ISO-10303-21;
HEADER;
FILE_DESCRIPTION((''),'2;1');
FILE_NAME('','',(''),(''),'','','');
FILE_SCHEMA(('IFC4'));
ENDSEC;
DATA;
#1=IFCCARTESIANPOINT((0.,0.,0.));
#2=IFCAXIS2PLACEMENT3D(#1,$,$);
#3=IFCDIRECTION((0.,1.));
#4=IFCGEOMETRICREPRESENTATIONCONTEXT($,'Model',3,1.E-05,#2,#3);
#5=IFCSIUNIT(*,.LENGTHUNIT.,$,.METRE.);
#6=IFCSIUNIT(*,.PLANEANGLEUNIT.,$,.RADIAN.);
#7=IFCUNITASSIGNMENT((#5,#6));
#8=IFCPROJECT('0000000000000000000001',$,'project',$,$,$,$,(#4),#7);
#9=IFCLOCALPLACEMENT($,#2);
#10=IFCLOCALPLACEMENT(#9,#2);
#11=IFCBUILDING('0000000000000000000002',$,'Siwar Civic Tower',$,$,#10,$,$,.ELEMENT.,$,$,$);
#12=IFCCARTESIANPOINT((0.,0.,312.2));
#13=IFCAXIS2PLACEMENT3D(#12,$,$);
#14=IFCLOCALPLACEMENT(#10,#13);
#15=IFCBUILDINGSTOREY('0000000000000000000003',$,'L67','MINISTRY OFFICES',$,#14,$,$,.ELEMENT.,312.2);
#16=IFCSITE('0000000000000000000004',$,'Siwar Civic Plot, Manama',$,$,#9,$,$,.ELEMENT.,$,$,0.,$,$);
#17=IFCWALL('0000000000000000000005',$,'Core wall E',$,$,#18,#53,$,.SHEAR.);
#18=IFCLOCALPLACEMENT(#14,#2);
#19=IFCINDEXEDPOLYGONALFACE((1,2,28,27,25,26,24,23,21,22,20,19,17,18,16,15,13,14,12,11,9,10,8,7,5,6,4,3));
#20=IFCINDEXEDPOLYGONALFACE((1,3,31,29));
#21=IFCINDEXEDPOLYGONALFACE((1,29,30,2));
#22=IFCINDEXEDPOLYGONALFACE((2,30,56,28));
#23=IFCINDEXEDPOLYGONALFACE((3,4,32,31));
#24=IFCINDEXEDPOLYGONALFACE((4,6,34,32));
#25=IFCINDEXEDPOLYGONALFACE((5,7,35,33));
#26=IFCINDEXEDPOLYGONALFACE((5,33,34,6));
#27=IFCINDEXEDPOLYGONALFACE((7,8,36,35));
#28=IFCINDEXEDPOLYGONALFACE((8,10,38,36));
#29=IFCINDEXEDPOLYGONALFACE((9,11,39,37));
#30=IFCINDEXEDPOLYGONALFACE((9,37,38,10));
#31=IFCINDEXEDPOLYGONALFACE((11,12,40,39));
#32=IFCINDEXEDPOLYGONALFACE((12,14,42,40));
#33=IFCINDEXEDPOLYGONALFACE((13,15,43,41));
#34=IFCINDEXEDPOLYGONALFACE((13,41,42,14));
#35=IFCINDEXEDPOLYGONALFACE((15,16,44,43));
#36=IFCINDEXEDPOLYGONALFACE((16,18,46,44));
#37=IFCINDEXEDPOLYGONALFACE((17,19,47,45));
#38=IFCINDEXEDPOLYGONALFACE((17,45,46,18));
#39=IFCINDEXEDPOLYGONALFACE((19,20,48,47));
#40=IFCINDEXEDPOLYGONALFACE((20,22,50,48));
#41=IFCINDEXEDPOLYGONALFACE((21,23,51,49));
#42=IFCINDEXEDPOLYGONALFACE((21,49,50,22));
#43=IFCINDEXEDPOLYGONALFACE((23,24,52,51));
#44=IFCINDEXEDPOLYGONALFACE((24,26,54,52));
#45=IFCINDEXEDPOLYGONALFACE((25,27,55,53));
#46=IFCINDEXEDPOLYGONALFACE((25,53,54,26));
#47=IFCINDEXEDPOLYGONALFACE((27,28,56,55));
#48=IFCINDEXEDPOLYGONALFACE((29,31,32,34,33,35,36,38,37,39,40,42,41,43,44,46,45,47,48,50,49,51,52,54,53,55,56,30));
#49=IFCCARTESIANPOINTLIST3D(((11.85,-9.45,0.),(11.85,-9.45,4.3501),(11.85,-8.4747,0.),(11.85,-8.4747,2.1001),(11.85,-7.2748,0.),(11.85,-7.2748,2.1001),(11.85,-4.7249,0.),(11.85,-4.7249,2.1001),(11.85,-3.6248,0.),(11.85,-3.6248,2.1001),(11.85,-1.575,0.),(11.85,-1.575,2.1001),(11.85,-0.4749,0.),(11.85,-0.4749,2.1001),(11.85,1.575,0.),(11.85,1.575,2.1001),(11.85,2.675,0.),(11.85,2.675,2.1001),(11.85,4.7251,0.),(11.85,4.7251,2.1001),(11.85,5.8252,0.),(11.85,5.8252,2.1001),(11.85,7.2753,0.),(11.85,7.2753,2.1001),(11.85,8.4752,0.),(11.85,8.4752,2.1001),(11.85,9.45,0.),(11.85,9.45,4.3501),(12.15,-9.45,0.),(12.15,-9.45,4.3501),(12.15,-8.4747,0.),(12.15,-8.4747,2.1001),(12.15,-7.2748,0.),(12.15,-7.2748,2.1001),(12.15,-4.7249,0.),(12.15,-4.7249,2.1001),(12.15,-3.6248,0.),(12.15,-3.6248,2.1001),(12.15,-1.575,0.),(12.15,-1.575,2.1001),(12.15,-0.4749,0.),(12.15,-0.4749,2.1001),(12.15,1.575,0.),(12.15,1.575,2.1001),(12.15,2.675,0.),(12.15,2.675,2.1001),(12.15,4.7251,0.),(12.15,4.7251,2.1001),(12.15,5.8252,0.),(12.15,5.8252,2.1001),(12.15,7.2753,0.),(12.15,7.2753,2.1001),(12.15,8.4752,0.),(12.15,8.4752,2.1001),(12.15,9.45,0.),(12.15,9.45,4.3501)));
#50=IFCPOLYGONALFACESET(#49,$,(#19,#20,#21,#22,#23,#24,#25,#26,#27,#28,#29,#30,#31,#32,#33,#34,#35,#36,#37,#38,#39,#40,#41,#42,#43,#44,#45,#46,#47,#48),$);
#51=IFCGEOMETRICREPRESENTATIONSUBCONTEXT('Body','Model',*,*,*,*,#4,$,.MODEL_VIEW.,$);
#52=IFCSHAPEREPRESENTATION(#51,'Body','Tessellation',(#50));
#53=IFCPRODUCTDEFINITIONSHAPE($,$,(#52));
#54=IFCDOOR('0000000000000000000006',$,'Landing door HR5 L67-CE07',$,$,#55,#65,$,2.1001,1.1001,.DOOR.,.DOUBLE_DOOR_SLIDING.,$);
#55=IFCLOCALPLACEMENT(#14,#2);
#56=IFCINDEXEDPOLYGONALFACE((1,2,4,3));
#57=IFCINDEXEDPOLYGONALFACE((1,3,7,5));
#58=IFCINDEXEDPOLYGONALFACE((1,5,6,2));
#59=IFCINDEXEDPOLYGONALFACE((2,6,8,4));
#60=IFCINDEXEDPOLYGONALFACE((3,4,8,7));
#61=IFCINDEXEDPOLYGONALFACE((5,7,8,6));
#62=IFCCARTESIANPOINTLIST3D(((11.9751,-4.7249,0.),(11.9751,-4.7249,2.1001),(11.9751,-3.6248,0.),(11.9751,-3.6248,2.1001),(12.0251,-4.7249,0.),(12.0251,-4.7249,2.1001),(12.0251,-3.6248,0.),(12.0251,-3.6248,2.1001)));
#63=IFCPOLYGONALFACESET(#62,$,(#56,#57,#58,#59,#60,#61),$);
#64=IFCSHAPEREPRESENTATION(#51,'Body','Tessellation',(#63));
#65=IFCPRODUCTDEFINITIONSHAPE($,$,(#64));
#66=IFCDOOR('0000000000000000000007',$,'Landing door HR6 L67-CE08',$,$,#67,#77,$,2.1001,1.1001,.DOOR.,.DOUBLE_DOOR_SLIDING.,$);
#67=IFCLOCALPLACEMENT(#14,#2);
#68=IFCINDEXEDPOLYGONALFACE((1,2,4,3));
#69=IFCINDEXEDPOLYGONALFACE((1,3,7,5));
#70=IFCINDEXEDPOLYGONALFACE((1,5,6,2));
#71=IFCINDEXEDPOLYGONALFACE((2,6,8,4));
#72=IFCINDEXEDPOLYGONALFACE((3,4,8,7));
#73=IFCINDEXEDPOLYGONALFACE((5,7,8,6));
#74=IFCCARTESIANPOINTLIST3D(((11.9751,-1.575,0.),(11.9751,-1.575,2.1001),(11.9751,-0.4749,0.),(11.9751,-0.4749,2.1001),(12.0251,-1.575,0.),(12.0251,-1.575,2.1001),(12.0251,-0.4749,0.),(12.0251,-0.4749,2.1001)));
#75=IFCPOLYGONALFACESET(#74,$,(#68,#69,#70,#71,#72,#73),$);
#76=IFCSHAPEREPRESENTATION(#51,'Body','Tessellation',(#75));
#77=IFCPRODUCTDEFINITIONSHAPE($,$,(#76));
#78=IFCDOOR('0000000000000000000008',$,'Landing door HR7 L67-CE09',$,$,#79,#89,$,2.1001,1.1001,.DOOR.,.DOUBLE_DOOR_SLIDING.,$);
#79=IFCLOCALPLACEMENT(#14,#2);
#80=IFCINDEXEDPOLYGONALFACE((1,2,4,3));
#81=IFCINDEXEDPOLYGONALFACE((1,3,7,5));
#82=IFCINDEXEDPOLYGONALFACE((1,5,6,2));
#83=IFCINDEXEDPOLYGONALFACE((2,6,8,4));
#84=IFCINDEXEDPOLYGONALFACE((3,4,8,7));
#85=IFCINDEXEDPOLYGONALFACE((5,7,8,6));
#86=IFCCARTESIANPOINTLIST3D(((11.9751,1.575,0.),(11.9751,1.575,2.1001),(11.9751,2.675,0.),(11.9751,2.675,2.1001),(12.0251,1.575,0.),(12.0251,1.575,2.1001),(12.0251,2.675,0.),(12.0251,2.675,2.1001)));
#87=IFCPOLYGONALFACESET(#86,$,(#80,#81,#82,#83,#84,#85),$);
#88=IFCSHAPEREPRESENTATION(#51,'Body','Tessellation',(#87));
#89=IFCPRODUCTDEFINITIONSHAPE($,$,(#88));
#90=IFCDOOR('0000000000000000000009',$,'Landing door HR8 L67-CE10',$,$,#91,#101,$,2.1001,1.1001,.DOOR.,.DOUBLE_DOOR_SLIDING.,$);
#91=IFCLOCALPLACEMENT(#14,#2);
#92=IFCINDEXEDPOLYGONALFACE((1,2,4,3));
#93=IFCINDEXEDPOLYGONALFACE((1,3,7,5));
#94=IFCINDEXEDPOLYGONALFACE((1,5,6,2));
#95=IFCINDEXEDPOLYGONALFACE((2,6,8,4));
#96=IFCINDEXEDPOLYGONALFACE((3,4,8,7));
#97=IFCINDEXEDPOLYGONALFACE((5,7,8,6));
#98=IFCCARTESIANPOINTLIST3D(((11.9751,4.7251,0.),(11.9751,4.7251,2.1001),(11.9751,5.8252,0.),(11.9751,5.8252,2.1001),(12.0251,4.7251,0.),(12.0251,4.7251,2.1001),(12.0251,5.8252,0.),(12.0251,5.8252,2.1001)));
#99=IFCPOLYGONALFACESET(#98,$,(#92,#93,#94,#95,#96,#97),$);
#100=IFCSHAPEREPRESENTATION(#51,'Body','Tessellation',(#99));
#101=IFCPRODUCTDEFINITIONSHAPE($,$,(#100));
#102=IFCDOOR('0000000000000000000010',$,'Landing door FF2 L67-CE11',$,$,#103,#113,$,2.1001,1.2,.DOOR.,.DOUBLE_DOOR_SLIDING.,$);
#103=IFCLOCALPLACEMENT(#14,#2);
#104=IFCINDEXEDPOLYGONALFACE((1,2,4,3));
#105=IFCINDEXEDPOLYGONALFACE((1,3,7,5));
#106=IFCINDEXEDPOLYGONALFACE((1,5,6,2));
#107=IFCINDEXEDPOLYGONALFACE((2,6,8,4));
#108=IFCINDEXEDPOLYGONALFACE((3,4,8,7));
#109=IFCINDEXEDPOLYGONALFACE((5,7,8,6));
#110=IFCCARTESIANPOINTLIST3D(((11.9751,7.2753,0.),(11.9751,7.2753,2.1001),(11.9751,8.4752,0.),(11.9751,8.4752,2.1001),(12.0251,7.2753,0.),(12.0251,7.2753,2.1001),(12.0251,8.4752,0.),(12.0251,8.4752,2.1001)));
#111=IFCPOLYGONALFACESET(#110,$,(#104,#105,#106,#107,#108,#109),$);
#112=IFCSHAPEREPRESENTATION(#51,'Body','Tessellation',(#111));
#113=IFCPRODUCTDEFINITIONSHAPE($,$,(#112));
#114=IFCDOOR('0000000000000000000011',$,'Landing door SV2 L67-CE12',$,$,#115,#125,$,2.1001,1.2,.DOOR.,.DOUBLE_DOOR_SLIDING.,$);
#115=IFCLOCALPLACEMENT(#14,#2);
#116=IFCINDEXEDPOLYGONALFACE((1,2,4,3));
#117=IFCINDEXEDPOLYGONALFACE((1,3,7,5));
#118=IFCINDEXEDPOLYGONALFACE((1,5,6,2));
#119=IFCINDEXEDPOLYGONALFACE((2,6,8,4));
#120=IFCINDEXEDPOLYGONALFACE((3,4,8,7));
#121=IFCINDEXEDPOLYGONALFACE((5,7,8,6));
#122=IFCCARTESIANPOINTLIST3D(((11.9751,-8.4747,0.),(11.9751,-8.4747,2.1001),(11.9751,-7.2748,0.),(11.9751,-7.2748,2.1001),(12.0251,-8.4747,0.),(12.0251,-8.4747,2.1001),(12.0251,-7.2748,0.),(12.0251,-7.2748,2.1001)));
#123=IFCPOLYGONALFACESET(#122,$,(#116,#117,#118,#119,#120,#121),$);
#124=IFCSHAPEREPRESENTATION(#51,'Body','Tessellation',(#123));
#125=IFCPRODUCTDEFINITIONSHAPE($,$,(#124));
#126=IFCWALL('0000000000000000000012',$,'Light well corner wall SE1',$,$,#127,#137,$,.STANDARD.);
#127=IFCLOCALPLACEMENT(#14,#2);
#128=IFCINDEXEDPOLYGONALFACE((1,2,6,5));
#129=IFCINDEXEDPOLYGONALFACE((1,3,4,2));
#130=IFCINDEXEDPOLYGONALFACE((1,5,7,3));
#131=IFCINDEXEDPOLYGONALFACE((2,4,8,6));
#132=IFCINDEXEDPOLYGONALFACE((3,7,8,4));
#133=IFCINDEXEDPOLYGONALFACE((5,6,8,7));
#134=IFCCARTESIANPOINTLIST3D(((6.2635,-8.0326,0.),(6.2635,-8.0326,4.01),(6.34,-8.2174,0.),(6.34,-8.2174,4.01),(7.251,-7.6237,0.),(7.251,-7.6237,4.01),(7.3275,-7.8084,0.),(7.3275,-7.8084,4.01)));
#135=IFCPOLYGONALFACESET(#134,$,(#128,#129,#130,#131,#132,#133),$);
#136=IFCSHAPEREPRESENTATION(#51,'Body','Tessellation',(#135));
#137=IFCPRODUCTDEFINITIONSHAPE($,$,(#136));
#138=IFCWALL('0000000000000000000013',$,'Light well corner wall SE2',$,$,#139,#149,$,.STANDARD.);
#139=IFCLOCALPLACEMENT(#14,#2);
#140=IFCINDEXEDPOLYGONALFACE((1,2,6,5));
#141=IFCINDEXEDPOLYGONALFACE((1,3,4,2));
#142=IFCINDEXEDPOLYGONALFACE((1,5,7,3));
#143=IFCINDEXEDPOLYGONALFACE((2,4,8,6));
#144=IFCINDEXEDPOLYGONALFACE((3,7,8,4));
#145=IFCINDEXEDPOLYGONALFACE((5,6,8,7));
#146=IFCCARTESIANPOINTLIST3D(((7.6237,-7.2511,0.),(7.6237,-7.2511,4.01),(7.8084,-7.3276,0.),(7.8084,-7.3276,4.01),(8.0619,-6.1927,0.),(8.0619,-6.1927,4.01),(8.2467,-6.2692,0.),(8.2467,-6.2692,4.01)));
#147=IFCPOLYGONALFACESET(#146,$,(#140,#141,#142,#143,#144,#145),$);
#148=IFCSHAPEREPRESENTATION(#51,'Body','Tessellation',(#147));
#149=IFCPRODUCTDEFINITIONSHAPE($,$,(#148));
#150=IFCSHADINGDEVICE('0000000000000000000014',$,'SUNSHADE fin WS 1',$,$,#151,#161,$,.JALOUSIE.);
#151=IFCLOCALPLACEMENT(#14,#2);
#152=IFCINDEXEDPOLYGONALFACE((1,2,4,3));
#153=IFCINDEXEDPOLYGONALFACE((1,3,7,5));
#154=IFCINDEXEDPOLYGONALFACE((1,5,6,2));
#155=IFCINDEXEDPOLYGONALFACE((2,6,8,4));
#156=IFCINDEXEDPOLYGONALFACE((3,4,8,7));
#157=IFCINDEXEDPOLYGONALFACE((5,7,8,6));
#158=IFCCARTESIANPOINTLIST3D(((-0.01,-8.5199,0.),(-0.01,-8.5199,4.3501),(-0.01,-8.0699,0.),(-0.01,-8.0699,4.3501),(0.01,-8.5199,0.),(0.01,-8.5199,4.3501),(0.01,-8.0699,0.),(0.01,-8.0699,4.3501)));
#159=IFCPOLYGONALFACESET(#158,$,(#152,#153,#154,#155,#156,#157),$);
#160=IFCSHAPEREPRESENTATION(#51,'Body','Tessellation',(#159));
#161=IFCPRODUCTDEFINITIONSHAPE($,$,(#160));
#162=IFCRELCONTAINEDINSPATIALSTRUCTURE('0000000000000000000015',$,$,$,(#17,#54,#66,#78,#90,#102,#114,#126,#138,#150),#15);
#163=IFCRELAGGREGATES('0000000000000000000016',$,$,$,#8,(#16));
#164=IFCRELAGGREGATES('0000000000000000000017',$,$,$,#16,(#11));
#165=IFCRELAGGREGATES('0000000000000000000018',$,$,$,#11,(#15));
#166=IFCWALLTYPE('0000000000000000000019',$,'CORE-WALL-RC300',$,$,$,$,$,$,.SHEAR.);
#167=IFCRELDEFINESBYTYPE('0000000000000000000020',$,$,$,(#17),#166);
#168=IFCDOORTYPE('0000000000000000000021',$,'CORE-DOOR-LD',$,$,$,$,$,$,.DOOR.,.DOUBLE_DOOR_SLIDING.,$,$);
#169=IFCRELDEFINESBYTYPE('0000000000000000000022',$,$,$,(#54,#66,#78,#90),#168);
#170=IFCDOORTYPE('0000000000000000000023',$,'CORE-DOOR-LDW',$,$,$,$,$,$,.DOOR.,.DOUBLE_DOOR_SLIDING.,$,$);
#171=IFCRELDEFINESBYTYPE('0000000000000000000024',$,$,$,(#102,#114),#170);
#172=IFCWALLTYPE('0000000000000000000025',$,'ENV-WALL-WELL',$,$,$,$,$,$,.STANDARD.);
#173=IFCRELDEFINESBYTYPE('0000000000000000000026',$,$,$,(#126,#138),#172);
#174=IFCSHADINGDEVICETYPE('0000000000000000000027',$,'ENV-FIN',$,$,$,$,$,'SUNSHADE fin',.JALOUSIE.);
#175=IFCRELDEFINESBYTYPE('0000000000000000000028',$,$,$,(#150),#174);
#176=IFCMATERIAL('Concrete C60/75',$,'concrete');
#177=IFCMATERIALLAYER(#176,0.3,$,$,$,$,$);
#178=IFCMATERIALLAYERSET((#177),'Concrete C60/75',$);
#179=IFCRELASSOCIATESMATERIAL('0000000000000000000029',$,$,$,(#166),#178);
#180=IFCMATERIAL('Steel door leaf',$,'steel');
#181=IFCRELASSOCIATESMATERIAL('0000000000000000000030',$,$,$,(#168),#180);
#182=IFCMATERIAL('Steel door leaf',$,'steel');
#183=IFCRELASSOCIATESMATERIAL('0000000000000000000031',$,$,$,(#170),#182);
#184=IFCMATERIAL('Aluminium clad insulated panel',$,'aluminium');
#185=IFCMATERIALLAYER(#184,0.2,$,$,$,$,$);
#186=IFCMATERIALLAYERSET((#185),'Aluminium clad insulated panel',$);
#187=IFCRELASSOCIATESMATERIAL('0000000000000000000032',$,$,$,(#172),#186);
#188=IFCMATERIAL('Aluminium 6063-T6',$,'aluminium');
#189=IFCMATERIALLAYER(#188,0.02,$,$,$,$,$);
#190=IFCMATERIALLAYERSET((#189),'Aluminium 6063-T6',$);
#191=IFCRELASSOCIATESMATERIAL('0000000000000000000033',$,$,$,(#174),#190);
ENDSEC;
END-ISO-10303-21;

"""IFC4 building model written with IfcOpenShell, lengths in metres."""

from ifc_helpers import new_model, si_unit, direction, frame, frame_2d, origin, origin_2d, place, context, subcontext, project, spatial, rectangle, extrude, material, layer, layer_set, type_object, element, fill, save


model = new_model("IFC4")

# Units and contexts
model_context = context("Model", 3, precision=1e-05, world=origin(), true_north=direction((0.0, 1.0)))
body_context = subcontext(model_context, "Body", "Model", "MODEL_VIEW")
ifc_project = project(units=[si_unit("LENGTHUNIT", "METRE"), si_unit("PLANEANGLEUNIT", "RADIAN")], contexts=[model_context])

# Site, building, storey
site_placement = place(None, origin())
site = spatial("IfcSite", under=ifc_project, at=site_placement, Name="Siwar Civic Plot, Manama", CompositionType="ELEMENT", RefElevation=0.0)
building_placement = place(site_placement, origin())
building = spatial("IfcBuilding", under=site, at=building_placement, Name="Siwar Civic Tower", CompositionType="ELEMENT")
storey_placement = place(building_placement, frame((0.0, 0.0, 312.2)))
storey = spatial("IfcBuildingStorey", under=building, at=storey_placement, Name="L67", Description="MINISTRY OFFICES", CompositionType="ELEMENT", Elevation=312.2)

# Wall, openings, doors
ifc_material_1 = material(Name="Concrete C60/75", Category="concrete")
ifc_layer_1 = layer(ifc_material_1, 0.3)
ifc_layer_set_1 = layer_set([ifc_layer_1], Name="Concrete C60/75")
wall_type_1 = type_object("IfcWallType", Name="CORE-WALL-RC300", PredefinedType="SHEAR", material=ifc_layer_set_1)
wall_1_placement = place(storey_placement, frame((12.0, -9.45, 0.0), z_axis=(0.0, 0.0, 1.0), x_axis=(0.0, 1.0, 0.0)))
wall_1 = element("IfcWall", 1, at=wall_1_placement, inside=storey, type_object=wall_type_1, Name="Core wall E", PredefinedType="SHEAR", context=body_context, shape_type="SweptSolid", body=[
    extrude(rectangle(XDim=18.8999, YDim=0.3, at=frame_2d((9.45, 0.0))), origin(), (0.0, 0.0, 1.0), 4.3501),
])
opening_1_placement = place(wall_1_placement, frame((4.7251, 0.0, 0.0)))
opening_1 = element("IfcOpeningElement", 2, at=opening_1_placement, cuts=wall_1, PredefinedType="OPENING", context=body_context, shape_type="SweptSolid", body=[
    extrude(rectangle(XDim=1.1001, YDim=2.1001, at=frame_2d((0.55, 1.05))), frame((0.0, 0.1602, 0.0), z_axis=(0.0, -1.0, 0.0), x_axis=(1.0, 0.0, 0.0)), (0.0, 0.0, 1.0), 0.3201),
])
opening_2_placement = place(wall_1_placement, frame((7.875, 0.0, 0.0)))
opening_2 = element("IfcOpeningElement", 3, at=opening_2_placement, cuts=wall_1, PredefinedType="OPENING", context=body_context, shape_type="SweptSolid", body=[
    extrude(rectangle(XDim=1.1001, YDim=2.1001, at=frame_2d((0.55, 1.05))), frame((0.0, 0.1602, 0.0), z_axis=(0.0, -1.0, 0.0), x_axis=(1.0, 0.0, 0.0)), (0.0, 0.0, 1.0), 0.3201),
])
opening_3_placement = place(wall_1_placement, frame((11.0249, 0.0, 0.0)))
opening_3 = element("IfcOpeningElement", 4, at=opening_3_placement, cuts=wall_1, PredefinedType="OPENING", context=body_context, shape_type="SweptSolid", body=[
    extrude(rectangle(XDim=1.1001, YDim=2.1001, at=frame_2d((0.55, 1.05))), frame((0.0, 0.1602, 0.0), z_axis=(0.0, -1.0, 0.0), x_axis=(1.0, 0.0, 0.0)), (0.0, 0.0, 1.0), 0.3201),
])
opening_4_placement = place(wall_1_placement, frame((14.175, 0.0, 0.0)))
opening_4 = element("IfcOpeningElement", 5, at=opening_4_placement, cuts=wall_1, PredefinedType="OPENING", context=body_context, shape_type="SweptSolid", body=[
    extrude(rectangle(XDim=1.1001, YDim=2.1001, at=frame_2d((0.55, 1.05))), frame((0.0, 0.1602, 0.0), z_axis=(0.0, -1.0, 0.0), x_axis=(1.0, 0.0, 0.0)), (0.0, 0.0, 1.0), 0.3201),
])
opening_5_placement = place(wall_1_placement, frame((16.7251, 0.0, 0.0)))
opening_5 = element("IfcOpeningElement", 6, at=opening_5_placement, cuts=wall_1, PredefinedType="OPENING", context=body_context, shape_type="SweptSolid", body=[
    extrude(rectangle(XDim=1.2, YDim=2.1001, at=frame_2d((0.6001, 1.05))), frame((0.0, 0.1602, 0.0), z_axis=(0.0, -1.0, 0.0), x_axis=(1.0, 0.0, 0.0)), (0.0, 0.0, 1.0), 0.3201),
])
opening_6_placement = place(wall_1_placement, frame((0.9751, 0.0, 0.0)))
opening_6 = element("IfcOpeningElement", 7, at=opening_6_placement, cuts=wall_1, PredefinedType="OPENING", context=body_context, shape_type="SweptSolid", body=[
    extrude(rectangle(XDim=1.2, YDim=2.1001, at=frame_2d((0.6001, 1.05))), frame((0.0, 0.1602, 0.0), z_axis=(0.0, -1.0, 0.0), x_axis=(1.0, 0.0, 0.0)), (0.0, 0.0, 1.0), 0.3201),
])
ifc_material_2 = material(Name="Steel door leaf", Category="steel")
door_type_1 = type_object("IfcDoorType", Name="CORE-DOOR-LD", OperationType="DOUBLE_DOOR_SLIDING", PredefinedType="DOOR", material=ifc_material_2)
door_1_placement = place(opening_1_placement, origin())
door_1 = element("IfcDoor", 8, at=door_1_placement, inside=storey, type_object=door_type_1, Name="Landing door HR5 L67-CE07", OperationType="DOUBLE_DOOR_SLIDING", OverallHeight=2.1001, OverallWidth=1.1001, PredefinedType="DOOR", context=body_context, shape_type="SweptSolid", body=[
    extrude(rectangle(XDim=1.1001, YDim=2.1001, at=frame_2d((0.55, 1.05))), frame((0.0, 0.0249, 0.0), z_axis=(0.0, -1.0, 0.0), x_axis=(1.0, 0.0, 0.0)), (0.0, 0.0, 1.0), 0.05),
])
fill(opening_1, door_1)
door_2_placement = place(opening_2_placement, origin())
door_2 = element("IfcDoor", 9, at=door_2_placement, inside=storey, type_object=door_type_1, Name="Landing door HR6 L67-CE08", OperationType="DOUBLE_DOOR_SLIDING", OverallHeight=2.1001, OverallWidth=1.1001, PredefinedType="DOOR", context=body_context, shape_type="SweptSolid", body=[
    extrude(rectangle(XDim=1.1001, YDim=2.1001, at=frame_2d((0.55, 1.05))), frame((0.0, 0.0249, 0.0), z_axis=(0.0, -1.0, 0.0), x_axis=(1.0, 0.0, 0.0)), (0.0, 0.0, 1.0), 0.05),
])
fill(opening_2, door_2)
door_3_placement = place(opening_3_placement, origin())
door_3 = element("IfcDoor", 10, at=door_3_placement, inside=storey, type_object=door_type_1, Name="Landing door HR7 L67-CE09", OperationType="DOUBLE_DOOR_SLIDING", OverallHeight=2.1001, OverallWidth=1.1001, PredefinedType="DOOR", context=body_context, shape_type="SweptSolid", body=[
    extrude(rectangle(XDim=1.1001, YDim=2.1001, at=frame_2d((0.55, 1.05))), frame((0.0, 0.0249, 0.0), z_axis=(0.0, -1.0, 0.0), x_axis=(1.0, 0.0, 0.0)), (0.0, 0.0, 1.0), 0.05),
])
fill(opening_3, door_3)
door_4_placement = place(opening_4_placement, origin())
door_4 = element("IfcDoor", 11, at=door_4_placement, inside=storey, type_object=door_type_1, Name="Landing door HR8 L67-CE10", OperationType="DOUBLE_DOOR_SLIDING", OverallHeight=2.1001, OverallWidth=1.1001, PredefinedType="DOOR", context=body_context, shape_type="SweptSolid", body=[
    extrude(rectangle(XDim=1.1001, YDim=2.1001, at=frame_2d((0.55, 1.05))), frame((0.0, 0.0249, 0.0), z_axis=(0.0, -1.0, 0.0), x_axis=(1.0, 0.0, 0.0)), (0.0, 0.0, 1.0), 0.05),
])
fill(opening_4, door_4)
ifc_material_3 = material(Name="Steel door leaf", Category="steel")
door_type_2 = type_object("IfcDoorType", Name="CORE-DOOR-LDW", OperationType="DOUBLE_DOOR_SLIDING", PredefinedType="DOOR", material=ifc_material_3)
door_5_placement = place(opening_5_placement, origin())
door_5 = element("IfcDoor", 12, at=door_5_placement, inside=storey, type_object=door_type_2, Name="Landing door FF2 L67-CE11", OperationType="DOUBLE_DOOR_SLIDING", OverallHeight=2.1001, OverallWidth=1.2, PredefinedType="DOOR", context=body_context, shape_type="SweptSolid", body=[
    extrude(rectangle(XDim=1.2, YDim=2.1001, at=frame_2d((0.6001, 1.05))), frame((0.0, 0.0249, 0.0), z_axis=(0.0, -1.0, 0.0), x_axis=(1.0, 0.0, 0.0)), (0.0, 0.0, 1.0), 0.05),
])
fill(opening_5, door_5)
door_6_placement = place(opening_6_placement, origin())
door_6 = element("IfcDoor", 13, at=door_6_placement, inside=storey, type_object=door_type_2, Name="Landing door SV2 L67-CE12", OperationType="DOUBLE_DOOR_SLIDING", OverallHeight=2.1001, OverallWidth=1.2, PredefinedType="DOOR", context=body_context, shape_type="SweptSolid", body=[
    extrude(rectangle(XDim=1.2, YDim=2.1001, at=frame_2d((0.6001, 1.05))), frame((0.0, 0.0249, 0.0), z_axis=(0.0, -1.0, 0.0), x_axis=(1.0, 0.0, 0.0)), (0.0, 0.0, 1.0), 0.05),
])
fill(opening_6, door_6)

# Walls
ifc_material_4 = material(Name="Aluminium clad insulated panel", Category="aluminium")
ifc_layer_2 = layer(ifc_material_4, 0.2)
ifc_layer_set_2 = layer_set([ifc_layer_2], Name="Aluminium clad insulated panel")
wall_type_2 = type_object("IfcWallType", Name="ENV-WALL-WELL", PredefinedType="STANDARD", material=ifc_layer_set_2)
wall_2_placement = place(storey_placement, frame((6.3018, -8.125, 0.0), z_axis=(0.0, 0.0, 1.0), x_axis=(0.923919, 0.382587, 0.0)))
element("IfcWall", 14, at=wall_2_placement, inside=storey, type_object=wall_type_2, Name="Light well corner wall SE1", PredefinedType="STANDARD", context=body_context, shape_type="SweptSolid", body=[
    extrude(rectangle(XDim=1.0688, YDim=0.2, at=frame_2d((0.5344, 0.0))), origin(), (0.0, 0.0, 1.0), 4.01),
])
wall_3_placement = place(storey_placement, frame((7.7161, -7.2893, 0.0), z_axis=(0.0, 0.0, 1.0), x_axis=(0.382571, 0.923926, 0.0)))
element("IfcWall", 15, at=wall_3_placement, inside=storey, type_object=wall_type_2, Name="Light well corner wall SE2", PredefinedType="STANDARD", context=body_context, shape_type="SweptSolid", body=[
    extrude(rectangle(XDim=1.1455, YDim=0.2, at=frame_2d((0.5728, 0.0))), origin(), (0.0, 0.0, 1.0), 4.01),
])

# Shading device
ifc_material_5 = material(Name="Aluminium 6063-T6", Category="aluminium")
ifc_layer_3 = layer(ifc_material_5, 0.02)
ifc_layer_set_3 = layer_set([ifc_layer_3], Name="Aluminium 6063-T6")
shading_device_type = type_object("IfcShadingDeviceType", Name="ENV-FIN", ElementType="SUNSHADE fin", PredefinedType="JALOUSIE", material=ifc_layer_set_3)
shading_device_placement = place(storey_placement, frame((0.0, -8.2949, 0.0), z_axis=(0.0, 0.0, 1.0), x_axis=(1.0, 0.0, 0.0)))
element("IfcShadingDevice", 16, at=shading_device_placement, inside=storey, type_object=shading_device_type, Name="SUNSHADE fin WS 1", PredefinedType="JALOUSIE", context=body_context, shape_type="SweptSolid", body=[
    extrude(rectangle(XDim=0.02, YDim=0.45, at=origin_2d()), origin(), (0.0, 0.0, 1.0), 4.3501),
])

save(model, "model.ifc")
